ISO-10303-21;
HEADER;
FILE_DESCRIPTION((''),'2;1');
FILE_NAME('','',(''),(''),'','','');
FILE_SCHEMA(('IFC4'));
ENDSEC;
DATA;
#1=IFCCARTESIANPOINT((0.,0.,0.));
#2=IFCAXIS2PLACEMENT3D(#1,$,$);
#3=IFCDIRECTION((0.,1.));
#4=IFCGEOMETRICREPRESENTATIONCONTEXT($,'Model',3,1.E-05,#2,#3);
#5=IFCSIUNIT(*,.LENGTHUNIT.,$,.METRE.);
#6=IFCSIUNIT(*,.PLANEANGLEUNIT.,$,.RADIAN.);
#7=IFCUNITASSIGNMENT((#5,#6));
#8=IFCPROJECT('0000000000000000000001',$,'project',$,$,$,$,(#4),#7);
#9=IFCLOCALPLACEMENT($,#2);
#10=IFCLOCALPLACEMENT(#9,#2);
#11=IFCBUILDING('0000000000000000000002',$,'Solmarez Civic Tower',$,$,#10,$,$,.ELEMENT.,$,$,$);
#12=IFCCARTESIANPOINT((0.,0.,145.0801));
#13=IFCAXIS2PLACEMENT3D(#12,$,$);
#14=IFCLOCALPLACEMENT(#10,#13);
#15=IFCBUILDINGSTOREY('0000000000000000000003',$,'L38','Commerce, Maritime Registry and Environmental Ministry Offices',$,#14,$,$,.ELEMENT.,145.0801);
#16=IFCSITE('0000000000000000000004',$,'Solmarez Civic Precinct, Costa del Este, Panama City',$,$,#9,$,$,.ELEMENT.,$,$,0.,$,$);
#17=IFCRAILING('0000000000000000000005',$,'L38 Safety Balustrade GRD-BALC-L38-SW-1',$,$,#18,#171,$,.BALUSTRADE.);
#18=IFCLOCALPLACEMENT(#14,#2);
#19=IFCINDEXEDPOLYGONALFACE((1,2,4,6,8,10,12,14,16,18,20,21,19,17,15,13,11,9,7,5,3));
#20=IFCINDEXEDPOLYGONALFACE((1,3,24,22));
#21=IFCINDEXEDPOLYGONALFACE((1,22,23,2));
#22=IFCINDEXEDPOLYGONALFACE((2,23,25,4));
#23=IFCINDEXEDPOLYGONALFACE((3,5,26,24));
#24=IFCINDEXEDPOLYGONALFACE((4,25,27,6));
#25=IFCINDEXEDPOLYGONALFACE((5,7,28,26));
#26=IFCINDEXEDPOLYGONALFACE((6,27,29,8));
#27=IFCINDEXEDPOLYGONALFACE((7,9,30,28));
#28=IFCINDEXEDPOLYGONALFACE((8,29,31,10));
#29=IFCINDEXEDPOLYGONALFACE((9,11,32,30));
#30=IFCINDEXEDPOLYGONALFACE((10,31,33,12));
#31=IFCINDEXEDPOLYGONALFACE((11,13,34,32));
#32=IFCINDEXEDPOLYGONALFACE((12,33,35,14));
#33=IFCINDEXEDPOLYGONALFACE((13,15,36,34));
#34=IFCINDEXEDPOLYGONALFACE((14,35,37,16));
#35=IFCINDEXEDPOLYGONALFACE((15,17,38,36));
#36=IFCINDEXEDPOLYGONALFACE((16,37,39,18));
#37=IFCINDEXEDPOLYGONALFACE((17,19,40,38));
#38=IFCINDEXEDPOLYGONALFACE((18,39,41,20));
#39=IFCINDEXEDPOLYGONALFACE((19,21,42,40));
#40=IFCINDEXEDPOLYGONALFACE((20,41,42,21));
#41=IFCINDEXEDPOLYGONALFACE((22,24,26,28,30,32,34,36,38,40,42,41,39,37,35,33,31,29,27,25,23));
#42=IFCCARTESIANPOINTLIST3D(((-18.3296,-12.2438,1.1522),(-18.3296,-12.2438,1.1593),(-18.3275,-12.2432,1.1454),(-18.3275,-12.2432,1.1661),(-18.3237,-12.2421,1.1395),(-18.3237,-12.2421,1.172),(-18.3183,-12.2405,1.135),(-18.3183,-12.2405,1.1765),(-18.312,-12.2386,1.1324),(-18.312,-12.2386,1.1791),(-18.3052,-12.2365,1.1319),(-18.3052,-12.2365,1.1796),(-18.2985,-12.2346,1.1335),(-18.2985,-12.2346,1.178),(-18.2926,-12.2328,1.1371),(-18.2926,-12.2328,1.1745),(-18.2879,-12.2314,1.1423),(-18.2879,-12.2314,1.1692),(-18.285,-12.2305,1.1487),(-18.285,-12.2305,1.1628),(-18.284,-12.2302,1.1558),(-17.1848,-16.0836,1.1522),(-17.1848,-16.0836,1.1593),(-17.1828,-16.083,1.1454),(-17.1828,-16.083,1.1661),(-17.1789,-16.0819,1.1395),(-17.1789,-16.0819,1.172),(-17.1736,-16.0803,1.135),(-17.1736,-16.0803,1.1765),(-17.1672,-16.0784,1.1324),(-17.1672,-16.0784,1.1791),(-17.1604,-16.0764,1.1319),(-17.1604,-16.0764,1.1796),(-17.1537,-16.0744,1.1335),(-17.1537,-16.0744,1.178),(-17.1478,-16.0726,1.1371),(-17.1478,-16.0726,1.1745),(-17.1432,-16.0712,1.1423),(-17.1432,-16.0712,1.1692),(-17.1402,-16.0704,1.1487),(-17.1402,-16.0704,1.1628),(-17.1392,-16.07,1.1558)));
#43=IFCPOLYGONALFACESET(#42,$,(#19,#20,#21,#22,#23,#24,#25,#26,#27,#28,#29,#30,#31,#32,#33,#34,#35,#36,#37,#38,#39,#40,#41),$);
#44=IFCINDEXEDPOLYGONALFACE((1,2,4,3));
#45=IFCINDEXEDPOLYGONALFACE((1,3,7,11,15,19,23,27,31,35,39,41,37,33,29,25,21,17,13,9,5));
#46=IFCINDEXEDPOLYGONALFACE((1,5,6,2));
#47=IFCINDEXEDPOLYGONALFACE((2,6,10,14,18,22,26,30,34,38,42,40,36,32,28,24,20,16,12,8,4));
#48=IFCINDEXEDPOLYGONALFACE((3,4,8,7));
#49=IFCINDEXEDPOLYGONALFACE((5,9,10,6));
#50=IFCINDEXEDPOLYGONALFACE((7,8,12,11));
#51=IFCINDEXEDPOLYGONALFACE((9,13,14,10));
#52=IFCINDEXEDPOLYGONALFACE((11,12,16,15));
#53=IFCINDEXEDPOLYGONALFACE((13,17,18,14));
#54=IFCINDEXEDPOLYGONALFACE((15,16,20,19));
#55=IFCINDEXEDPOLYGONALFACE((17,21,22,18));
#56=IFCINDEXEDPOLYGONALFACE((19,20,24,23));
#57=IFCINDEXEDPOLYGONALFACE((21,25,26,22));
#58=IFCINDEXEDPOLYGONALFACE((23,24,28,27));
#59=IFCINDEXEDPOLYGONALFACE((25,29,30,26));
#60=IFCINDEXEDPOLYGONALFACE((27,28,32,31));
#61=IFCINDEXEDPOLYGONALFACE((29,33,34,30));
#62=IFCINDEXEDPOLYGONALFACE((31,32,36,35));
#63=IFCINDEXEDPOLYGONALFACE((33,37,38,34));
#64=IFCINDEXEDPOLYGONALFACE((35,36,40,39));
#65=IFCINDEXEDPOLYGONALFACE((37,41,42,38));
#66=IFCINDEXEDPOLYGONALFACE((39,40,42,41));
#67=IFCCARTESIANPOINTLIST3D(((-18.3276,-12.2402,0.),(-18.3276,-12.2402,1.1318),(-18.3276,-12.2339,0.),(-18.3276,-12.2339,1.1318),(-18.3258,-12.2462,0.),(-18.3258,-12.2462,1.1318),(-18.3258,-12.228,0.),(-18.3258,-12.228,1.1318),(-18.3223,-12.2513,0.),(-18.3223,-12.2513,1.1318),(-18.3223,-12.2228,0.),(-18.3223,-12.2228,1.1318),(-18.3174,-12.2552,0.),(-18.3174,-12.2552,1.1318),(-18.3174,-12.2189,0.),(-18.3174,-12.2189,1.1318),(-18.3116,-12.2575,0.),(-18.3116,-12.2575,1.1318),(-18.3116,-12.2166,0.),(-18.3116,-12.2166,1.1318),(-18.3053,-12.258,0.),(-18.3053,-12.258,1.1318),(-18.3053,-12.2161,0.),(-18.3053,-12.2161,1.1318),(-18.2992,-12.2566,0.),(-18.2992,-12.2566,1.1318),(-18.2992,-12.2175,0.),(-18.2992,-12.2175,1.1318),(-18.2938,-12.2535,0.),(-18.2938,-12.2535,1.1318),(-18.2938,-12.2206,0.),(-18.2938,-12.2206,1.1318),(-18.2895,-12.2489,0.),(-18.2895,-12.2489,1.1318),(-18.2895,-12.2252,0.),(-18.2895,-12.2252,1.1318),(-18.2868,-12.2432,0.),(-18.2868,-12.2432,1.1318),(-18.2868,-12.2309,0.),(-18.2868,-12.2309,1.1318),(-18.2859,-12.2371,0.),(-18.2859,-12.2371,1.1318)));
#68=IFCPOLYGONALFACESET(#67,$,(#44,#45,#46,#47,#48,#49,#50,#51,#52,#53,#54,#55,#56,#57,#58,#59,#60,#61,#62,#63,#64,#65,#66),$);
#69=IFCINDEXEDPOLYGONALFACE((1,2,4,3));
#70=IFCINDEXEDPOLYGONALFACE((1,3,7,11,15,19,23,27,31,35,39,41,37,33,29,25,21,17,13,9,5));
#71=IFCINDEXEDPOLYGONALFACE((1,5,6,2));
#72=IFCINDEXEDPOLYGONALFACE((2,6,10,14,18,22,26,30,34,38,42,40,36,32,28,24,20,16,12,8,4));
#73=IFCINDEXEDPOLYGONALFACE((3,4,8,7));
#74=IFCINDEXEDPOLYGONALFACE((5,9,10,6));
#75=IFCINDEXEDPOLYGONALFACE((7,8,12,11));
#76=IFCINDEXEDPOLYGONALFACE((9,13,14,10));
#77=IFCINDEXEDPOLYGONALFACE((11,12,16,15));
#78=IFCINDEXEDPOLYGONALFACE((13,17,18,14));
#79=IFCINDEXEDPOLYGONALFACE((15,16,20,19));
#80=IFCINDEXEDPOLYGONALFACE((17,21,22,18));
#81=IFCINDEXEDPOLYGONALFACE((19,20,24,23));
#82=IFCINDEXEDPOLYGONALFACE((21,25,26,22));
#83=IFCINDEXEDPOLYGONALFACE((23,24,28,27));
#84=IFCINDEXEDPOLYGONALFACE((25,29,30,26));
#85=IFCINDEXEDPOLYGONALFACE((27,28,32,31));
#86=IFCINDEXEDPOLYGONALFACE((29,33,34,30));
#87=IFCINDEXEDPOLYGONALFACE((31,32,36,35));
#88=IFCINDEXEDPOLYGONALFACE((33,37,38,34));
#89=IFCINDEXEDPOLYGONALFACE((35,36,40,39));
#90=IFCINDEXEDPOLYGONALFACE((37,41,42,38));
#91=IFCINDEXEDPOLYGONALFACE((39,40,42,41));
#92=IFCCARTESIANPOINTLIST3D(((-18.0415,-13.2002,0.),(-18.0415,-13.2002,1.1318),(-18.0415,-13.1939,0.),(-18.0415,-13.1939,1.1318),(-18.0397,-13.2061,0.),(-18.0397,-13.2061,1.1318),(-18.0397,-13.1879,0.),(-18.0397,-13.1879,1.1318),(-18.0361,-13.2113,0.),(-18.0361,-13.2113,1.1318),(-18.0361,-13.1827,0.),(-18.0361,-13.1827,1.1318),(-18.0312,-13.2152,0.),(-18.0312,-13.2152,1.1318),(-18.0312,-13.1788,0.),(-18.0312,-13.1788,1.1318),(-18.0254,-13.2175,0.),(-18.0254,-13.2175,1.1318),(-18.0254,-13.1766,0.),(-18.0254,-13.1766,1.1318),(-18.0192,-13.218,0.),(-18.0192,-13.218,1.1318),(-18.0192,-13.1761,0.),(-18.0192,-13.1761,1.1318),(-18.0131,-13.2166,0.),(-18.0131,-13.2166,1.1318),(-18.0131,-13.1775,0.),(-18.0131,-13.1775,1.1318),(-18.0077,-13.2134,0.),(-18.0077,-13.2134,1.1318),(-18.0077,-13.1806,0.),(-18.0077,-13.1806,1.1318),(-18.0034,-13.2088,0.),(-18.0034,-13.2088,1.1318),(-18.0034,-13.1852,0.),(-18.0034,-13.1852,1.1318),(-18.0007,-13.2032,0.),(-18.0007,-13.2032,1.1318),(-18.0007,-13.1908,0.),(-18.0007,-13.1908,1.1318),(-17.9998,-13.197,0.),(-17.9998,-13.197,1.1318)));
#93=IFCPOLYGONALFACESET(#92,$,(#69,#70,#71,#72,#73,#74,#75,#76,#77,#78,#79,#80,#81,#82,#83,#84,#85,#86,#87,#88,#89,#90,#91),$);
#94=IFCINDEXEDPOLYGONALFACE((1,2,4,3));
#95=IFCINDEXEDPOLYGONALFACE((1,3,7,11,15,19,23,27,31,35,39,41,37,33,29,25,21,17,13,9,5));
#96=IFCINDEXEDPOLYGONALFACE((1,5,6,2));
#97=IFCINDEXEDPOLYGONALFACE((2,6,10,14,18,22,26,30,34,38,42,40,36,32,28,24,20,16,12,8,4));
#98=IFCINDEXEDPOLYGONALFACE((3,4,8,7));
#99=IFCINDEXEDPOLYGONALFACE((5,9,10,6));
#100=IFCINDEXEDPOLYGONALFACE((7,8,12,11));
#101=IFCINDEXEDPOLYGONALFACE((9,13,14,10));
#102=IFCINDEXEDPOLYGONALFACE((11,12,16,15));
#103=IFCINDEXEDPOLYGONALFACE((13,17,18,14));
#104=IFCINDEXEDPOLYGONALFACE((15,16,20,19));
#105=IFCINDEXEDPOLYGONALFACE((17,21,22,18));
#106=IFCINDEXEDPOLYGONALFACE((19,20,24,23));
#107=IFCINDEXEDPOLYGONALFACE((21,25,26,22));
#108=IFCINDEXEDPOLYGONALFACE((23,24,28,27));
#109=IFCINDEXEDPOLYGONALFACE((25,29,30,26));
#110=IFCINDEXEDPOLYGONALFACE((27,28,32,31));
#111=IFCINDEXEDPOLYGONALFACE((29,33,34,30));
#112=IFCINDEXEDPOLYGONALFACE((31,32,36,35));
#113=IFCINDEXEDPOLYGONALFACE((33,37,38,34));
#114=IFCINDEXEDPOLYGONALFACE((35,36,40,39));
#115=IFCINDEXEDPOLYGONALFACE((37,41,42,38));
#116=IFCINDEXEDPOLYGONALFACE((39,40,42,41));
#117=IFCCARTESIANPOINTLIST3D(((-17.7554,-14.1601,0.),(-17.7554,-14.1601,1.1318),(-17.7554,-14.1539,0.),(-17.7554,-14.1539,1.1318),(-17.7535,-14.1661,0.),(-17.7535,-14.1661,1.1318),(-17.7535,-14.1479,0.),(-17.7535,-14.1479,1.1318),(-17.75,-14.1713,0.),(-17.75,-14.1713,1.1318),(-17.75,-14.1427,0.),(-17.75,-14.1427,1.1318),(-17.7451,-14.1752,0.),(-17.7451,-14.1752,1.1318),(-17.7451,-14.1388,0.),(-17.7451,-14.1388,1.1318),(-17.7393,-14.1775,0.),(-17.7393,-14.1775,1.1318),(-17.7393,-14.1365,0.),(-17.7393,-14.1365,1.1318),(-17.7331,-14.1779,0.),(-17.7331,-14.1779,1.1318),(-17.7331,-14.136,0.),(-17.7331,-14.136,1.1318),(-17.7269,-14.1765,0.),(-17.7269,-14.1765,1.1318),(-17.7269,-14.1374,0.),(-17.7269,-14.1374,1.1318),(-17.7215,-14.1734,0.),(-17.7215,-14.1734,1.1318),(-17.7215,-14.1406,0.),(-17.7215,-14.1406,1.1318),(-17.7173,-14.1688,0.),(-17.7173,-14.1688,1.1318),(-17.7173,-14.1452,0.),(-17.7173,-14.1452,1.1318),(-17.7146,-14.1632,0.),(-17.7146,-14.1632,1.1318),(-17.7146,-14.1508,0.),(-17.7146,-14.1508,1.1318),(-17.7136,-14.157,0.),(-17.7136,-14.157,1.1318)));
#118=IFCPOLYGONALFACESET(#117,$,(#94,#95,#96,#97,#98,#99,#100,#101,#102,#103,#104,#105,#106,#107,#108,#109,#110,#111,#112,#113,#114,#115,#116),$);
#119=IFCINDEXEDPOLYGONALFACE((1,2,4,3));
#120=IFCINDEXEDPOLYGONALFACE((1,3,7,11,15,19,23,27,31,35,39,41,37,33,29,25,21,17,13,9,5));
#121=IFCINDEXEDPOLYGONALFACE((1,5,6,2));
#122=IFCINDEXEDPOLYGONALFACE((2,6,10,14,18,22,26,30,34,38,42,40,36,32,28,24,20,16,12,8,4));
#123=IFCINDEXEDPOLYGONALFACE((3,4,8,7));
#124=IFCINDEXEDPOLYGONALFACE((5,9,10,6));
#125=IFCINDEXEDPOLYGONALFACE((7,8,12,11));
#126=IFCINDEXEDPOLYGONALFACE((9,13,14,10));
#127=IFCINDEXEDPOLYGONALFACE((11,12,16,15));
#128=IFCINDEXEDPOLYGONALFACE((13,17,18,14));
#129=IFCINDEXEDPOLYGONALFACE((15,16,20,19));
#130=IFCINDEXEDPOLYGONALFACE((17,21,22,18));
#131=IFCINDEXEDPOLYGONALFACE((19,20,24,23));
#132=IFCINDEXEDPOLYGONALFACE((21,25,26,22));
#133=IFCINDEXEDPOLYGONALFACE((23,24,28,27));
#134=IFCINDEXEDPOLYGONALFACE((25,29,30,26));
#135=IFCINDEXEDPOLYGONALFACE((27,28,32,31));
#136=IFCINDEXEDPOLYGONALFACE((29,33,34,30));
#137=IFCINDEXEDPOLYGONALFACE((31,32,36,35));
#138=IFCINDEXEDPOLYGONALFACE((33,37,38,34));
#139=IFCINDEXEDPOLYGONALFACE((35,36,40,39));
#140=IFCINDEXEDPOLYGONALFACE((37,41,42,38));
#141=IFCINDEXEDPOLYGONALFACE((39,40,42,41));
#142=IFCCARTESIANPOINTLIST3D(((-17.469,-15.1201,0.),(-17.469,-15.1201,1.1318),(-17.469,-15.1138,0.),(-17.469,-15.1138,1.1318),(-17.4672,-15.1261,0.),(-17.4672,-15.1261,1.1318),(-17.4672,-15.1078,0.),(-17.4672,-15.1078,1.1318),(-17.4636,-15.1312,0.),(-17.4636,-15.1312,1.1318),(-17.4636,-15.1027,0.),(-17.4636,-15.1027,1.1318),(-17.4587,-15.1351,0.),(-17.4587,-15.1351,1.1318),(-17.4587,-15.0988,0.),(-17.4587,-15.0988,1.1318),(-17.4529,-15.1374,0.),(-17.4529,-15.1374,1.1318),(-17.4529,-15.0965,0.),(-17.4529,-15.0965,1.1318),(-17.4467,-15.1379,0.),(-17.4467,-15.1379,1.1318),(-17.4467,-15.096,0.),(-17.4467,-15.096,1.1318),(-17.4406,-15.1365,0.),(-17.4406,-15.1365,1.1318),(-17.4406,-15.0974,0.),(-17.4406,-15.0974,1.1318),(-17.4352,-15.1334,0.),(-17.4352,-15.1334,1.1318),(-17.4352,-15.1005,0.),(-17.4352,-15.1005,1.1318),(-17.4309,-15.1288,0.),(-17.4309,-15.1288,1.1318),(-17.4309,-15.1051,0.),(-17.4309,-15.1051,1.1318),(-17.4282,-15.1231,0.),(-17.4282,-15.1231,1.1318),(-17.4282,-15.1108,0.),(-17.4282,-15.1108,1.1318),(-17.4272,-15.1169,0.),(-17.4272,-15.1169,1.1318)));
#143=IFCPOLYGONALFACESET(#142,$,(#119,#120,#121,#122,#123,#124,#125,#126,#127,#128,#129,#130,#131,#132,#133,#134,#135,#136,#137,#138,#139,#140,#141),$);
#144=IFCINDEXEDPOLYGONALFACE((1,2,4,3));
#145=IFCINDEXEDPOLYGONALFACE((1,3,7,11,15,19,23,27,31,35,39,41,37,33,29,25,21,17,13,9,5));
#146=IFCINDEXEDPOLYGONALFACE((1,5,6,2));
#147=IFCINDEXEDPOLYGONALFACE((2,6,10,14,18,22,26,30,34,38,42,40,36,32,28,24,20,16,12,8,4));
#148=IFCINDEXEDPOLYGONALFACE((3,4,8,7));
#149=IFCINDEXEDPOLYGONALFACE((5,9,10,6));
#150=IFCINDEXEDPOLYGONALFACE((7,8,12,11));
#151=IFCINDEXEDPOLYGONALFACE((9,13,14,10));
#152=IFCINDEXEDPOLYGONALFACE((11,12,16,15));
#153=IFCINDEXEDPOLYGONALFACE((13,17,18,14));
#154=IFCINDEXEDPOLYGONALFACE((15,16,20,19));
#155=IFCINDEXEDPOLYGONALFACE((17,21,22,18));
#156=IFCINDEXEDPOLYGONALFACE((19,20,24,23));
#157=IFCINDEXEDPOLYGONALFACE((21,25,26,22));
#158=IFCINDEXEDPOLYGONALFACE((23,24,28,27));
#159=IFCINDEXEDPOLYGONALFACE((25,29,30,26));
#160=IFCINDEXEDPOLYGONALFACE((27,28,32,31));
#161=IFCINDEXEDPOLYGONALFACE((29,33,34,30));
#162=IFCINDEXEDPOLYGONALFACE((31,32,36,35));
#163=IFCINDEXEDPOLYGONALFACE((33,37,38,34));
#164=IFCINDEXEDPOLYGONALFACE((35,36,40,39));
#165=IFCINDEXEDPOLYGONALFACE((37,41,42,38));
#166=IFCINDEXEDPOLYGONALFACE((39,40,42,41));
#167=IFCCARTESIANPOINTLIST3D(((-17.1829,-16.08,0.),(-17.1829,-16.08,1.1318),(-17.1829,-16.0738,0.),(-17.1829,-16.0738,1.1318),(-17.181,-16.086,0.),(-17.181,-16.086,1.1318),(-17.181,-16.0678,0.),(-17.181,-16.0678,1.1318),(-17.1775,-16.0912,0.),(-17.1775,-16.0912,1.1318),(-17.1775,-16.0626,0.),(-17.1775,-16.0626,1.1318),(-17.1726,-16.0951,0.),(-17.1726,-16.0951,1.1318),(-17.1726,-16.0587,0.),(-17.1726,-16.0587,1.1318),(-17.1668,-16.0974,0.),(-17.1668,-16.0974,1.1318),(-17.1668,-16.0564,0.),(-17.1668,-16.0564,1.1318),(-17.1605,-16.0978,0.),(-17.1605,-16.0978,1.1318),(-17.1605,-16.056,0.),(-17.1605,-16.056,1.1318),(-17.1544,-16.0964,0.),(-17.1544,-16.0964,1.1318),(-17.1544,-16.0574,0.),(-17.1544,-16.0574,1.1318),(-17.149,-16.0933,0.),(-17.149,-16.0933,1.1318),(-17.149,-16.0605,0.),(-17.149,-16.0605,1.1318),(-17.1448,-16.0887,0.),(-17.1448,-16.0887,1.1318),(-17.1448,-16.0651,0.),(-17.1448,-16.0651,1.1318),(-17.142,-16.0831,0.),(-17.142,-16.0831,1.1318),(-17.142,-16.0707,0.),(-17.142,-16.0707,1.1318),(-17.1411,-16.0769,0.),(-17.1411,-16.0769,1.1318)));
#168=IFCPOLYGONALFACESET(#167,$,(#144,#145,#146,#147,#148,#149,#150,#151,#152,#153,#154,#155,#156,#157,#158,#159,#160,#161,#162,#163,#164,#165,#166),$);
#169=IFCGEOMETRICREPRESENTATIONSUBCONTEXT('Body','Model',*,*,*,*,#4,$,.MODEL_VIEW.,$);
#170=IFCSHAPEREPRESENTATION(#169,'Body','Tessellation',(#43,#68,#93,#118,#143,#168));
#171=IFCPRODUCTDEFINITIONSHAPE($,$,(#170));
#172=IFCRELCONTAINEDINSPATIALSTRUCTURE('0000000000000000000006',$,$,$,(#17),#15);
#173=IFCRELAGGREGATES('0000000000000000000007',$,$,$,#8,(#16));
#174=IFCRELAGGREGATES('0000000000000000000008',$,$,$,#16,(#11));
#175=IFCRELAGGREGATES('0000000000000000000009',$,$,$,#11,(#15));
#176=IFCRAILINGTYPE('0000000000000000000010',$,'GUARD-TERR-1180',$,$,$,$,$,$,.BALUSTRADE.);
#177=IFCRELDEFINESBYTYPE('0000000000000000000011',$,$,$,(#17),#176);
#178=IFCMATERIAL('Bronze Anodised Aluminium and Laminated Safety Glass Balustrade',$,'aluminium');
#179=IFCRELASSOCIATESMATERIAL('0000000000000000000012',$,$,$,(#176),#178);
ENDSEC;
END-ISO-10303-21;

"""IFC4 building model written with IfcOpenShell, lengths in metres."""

from ifc_helpers import new_model, si_unit, direction, frame, origin, origin_2d, place, context, subcontext, project, spatial, circle, extrude, material, type_object, element, save


model = new_model("IFC4")

# Units and contexts
model_context = context("Model", 3, precision=1e-05, world=origin(), true_north=direction((0.0, 1.0)))
body_context = subcontext(model_context, "Body", "Model", "MODEL_VIEW")
ifc_project = project(units=[si_unit("LENGTHUNIT", "METRE"), si_unit("PLANEANGLEUNIT", "RADIAN")], contexts=[model_context])

# Site, building, storey
site_placement = place(None, origin())
site = spatial("IfcSite", under=ifc_project, at=site_placement, Name="Solmarez Civic Precinct, Costa del Este, Panama City", CompositionType="ELEMENT", RefElevation=0.0)
building_placement = place(site_placement, origin())
building = spatial("IfcBuilding", under=site, at=building_placement, Name="Solmarez Civic Tower", CompositionType="ELEMENT")
storey_placement = place(building_placement, frame((0.0, 0.0, 145.0801)))
storey = spatial("IfcBuildingStorey", under=building, at=storey_placement, Name="L38", Description="Commerce, Maritime Registry and Environmental Ministry Offices", CompositionType="ELEMENT", Elevation=145.0801)

# Railing
ifc_material_1 = material(Name="Bronze Anodised Aluminium and Laminated Safety Glass Balustrade", Category="aluminium")
railing_type = type_object("IfcRailingType", Name="GUARD-TERR-1180", PredefinedType="BALUSTRADE", material=ifc_material_1)
railing_1_placement = place(storey_placement, frame((-18.3069, -12.2371, 0.0)))
element("IfcRailing", 1, at=railing_1_placement, inside=storey, type_object=railing_type, Name="L38 Safety Balustrade GRD-BALC-L38-SW-1", PredefinedType="BALUSTRADE", context=body_context, shape_type="SweptSolid", body=[
    extrude(circle(Radius=0.0239, at=origin_2d()), frame((0.0, 0.0, 1.1558), z_axis=(0.285704, -0.958318, 0.0), x_axis=(0.958318, 0.285704, 0.0)), (0.0, 0.0, 1.0), 4.0068),
    extrude(circle(Radius=0.021, at=origin_2d()), origin(), (0.0, 0.0, 1.0), 1.1318),
    extrude(circle(Radius=0.021, at=origin_2d()), frame((0.2861, -0.96, 0.0)), (0.0, 0.0, 1.0), 1.1318),
    extrude(circle(Radius=0.021, at=origin_2d()), frame((0.5723, -1.9199, 0.0)), (0.0, 0.0, 1.0), 1.1318),
    extrude(circle(Radius=0.021, at=origin_2d()), frame((0.8586, -2.8799, 0.0)), (0.0, 0.0, 1.0), 1.1318),
    extrude(circle(Radius=0.021, at=origin_2d()), frame((1.1448, -3.8398, 0.0)), (0.0, 0.0, 1.0), 1.1318),
])

save(model, "model.ifc")
